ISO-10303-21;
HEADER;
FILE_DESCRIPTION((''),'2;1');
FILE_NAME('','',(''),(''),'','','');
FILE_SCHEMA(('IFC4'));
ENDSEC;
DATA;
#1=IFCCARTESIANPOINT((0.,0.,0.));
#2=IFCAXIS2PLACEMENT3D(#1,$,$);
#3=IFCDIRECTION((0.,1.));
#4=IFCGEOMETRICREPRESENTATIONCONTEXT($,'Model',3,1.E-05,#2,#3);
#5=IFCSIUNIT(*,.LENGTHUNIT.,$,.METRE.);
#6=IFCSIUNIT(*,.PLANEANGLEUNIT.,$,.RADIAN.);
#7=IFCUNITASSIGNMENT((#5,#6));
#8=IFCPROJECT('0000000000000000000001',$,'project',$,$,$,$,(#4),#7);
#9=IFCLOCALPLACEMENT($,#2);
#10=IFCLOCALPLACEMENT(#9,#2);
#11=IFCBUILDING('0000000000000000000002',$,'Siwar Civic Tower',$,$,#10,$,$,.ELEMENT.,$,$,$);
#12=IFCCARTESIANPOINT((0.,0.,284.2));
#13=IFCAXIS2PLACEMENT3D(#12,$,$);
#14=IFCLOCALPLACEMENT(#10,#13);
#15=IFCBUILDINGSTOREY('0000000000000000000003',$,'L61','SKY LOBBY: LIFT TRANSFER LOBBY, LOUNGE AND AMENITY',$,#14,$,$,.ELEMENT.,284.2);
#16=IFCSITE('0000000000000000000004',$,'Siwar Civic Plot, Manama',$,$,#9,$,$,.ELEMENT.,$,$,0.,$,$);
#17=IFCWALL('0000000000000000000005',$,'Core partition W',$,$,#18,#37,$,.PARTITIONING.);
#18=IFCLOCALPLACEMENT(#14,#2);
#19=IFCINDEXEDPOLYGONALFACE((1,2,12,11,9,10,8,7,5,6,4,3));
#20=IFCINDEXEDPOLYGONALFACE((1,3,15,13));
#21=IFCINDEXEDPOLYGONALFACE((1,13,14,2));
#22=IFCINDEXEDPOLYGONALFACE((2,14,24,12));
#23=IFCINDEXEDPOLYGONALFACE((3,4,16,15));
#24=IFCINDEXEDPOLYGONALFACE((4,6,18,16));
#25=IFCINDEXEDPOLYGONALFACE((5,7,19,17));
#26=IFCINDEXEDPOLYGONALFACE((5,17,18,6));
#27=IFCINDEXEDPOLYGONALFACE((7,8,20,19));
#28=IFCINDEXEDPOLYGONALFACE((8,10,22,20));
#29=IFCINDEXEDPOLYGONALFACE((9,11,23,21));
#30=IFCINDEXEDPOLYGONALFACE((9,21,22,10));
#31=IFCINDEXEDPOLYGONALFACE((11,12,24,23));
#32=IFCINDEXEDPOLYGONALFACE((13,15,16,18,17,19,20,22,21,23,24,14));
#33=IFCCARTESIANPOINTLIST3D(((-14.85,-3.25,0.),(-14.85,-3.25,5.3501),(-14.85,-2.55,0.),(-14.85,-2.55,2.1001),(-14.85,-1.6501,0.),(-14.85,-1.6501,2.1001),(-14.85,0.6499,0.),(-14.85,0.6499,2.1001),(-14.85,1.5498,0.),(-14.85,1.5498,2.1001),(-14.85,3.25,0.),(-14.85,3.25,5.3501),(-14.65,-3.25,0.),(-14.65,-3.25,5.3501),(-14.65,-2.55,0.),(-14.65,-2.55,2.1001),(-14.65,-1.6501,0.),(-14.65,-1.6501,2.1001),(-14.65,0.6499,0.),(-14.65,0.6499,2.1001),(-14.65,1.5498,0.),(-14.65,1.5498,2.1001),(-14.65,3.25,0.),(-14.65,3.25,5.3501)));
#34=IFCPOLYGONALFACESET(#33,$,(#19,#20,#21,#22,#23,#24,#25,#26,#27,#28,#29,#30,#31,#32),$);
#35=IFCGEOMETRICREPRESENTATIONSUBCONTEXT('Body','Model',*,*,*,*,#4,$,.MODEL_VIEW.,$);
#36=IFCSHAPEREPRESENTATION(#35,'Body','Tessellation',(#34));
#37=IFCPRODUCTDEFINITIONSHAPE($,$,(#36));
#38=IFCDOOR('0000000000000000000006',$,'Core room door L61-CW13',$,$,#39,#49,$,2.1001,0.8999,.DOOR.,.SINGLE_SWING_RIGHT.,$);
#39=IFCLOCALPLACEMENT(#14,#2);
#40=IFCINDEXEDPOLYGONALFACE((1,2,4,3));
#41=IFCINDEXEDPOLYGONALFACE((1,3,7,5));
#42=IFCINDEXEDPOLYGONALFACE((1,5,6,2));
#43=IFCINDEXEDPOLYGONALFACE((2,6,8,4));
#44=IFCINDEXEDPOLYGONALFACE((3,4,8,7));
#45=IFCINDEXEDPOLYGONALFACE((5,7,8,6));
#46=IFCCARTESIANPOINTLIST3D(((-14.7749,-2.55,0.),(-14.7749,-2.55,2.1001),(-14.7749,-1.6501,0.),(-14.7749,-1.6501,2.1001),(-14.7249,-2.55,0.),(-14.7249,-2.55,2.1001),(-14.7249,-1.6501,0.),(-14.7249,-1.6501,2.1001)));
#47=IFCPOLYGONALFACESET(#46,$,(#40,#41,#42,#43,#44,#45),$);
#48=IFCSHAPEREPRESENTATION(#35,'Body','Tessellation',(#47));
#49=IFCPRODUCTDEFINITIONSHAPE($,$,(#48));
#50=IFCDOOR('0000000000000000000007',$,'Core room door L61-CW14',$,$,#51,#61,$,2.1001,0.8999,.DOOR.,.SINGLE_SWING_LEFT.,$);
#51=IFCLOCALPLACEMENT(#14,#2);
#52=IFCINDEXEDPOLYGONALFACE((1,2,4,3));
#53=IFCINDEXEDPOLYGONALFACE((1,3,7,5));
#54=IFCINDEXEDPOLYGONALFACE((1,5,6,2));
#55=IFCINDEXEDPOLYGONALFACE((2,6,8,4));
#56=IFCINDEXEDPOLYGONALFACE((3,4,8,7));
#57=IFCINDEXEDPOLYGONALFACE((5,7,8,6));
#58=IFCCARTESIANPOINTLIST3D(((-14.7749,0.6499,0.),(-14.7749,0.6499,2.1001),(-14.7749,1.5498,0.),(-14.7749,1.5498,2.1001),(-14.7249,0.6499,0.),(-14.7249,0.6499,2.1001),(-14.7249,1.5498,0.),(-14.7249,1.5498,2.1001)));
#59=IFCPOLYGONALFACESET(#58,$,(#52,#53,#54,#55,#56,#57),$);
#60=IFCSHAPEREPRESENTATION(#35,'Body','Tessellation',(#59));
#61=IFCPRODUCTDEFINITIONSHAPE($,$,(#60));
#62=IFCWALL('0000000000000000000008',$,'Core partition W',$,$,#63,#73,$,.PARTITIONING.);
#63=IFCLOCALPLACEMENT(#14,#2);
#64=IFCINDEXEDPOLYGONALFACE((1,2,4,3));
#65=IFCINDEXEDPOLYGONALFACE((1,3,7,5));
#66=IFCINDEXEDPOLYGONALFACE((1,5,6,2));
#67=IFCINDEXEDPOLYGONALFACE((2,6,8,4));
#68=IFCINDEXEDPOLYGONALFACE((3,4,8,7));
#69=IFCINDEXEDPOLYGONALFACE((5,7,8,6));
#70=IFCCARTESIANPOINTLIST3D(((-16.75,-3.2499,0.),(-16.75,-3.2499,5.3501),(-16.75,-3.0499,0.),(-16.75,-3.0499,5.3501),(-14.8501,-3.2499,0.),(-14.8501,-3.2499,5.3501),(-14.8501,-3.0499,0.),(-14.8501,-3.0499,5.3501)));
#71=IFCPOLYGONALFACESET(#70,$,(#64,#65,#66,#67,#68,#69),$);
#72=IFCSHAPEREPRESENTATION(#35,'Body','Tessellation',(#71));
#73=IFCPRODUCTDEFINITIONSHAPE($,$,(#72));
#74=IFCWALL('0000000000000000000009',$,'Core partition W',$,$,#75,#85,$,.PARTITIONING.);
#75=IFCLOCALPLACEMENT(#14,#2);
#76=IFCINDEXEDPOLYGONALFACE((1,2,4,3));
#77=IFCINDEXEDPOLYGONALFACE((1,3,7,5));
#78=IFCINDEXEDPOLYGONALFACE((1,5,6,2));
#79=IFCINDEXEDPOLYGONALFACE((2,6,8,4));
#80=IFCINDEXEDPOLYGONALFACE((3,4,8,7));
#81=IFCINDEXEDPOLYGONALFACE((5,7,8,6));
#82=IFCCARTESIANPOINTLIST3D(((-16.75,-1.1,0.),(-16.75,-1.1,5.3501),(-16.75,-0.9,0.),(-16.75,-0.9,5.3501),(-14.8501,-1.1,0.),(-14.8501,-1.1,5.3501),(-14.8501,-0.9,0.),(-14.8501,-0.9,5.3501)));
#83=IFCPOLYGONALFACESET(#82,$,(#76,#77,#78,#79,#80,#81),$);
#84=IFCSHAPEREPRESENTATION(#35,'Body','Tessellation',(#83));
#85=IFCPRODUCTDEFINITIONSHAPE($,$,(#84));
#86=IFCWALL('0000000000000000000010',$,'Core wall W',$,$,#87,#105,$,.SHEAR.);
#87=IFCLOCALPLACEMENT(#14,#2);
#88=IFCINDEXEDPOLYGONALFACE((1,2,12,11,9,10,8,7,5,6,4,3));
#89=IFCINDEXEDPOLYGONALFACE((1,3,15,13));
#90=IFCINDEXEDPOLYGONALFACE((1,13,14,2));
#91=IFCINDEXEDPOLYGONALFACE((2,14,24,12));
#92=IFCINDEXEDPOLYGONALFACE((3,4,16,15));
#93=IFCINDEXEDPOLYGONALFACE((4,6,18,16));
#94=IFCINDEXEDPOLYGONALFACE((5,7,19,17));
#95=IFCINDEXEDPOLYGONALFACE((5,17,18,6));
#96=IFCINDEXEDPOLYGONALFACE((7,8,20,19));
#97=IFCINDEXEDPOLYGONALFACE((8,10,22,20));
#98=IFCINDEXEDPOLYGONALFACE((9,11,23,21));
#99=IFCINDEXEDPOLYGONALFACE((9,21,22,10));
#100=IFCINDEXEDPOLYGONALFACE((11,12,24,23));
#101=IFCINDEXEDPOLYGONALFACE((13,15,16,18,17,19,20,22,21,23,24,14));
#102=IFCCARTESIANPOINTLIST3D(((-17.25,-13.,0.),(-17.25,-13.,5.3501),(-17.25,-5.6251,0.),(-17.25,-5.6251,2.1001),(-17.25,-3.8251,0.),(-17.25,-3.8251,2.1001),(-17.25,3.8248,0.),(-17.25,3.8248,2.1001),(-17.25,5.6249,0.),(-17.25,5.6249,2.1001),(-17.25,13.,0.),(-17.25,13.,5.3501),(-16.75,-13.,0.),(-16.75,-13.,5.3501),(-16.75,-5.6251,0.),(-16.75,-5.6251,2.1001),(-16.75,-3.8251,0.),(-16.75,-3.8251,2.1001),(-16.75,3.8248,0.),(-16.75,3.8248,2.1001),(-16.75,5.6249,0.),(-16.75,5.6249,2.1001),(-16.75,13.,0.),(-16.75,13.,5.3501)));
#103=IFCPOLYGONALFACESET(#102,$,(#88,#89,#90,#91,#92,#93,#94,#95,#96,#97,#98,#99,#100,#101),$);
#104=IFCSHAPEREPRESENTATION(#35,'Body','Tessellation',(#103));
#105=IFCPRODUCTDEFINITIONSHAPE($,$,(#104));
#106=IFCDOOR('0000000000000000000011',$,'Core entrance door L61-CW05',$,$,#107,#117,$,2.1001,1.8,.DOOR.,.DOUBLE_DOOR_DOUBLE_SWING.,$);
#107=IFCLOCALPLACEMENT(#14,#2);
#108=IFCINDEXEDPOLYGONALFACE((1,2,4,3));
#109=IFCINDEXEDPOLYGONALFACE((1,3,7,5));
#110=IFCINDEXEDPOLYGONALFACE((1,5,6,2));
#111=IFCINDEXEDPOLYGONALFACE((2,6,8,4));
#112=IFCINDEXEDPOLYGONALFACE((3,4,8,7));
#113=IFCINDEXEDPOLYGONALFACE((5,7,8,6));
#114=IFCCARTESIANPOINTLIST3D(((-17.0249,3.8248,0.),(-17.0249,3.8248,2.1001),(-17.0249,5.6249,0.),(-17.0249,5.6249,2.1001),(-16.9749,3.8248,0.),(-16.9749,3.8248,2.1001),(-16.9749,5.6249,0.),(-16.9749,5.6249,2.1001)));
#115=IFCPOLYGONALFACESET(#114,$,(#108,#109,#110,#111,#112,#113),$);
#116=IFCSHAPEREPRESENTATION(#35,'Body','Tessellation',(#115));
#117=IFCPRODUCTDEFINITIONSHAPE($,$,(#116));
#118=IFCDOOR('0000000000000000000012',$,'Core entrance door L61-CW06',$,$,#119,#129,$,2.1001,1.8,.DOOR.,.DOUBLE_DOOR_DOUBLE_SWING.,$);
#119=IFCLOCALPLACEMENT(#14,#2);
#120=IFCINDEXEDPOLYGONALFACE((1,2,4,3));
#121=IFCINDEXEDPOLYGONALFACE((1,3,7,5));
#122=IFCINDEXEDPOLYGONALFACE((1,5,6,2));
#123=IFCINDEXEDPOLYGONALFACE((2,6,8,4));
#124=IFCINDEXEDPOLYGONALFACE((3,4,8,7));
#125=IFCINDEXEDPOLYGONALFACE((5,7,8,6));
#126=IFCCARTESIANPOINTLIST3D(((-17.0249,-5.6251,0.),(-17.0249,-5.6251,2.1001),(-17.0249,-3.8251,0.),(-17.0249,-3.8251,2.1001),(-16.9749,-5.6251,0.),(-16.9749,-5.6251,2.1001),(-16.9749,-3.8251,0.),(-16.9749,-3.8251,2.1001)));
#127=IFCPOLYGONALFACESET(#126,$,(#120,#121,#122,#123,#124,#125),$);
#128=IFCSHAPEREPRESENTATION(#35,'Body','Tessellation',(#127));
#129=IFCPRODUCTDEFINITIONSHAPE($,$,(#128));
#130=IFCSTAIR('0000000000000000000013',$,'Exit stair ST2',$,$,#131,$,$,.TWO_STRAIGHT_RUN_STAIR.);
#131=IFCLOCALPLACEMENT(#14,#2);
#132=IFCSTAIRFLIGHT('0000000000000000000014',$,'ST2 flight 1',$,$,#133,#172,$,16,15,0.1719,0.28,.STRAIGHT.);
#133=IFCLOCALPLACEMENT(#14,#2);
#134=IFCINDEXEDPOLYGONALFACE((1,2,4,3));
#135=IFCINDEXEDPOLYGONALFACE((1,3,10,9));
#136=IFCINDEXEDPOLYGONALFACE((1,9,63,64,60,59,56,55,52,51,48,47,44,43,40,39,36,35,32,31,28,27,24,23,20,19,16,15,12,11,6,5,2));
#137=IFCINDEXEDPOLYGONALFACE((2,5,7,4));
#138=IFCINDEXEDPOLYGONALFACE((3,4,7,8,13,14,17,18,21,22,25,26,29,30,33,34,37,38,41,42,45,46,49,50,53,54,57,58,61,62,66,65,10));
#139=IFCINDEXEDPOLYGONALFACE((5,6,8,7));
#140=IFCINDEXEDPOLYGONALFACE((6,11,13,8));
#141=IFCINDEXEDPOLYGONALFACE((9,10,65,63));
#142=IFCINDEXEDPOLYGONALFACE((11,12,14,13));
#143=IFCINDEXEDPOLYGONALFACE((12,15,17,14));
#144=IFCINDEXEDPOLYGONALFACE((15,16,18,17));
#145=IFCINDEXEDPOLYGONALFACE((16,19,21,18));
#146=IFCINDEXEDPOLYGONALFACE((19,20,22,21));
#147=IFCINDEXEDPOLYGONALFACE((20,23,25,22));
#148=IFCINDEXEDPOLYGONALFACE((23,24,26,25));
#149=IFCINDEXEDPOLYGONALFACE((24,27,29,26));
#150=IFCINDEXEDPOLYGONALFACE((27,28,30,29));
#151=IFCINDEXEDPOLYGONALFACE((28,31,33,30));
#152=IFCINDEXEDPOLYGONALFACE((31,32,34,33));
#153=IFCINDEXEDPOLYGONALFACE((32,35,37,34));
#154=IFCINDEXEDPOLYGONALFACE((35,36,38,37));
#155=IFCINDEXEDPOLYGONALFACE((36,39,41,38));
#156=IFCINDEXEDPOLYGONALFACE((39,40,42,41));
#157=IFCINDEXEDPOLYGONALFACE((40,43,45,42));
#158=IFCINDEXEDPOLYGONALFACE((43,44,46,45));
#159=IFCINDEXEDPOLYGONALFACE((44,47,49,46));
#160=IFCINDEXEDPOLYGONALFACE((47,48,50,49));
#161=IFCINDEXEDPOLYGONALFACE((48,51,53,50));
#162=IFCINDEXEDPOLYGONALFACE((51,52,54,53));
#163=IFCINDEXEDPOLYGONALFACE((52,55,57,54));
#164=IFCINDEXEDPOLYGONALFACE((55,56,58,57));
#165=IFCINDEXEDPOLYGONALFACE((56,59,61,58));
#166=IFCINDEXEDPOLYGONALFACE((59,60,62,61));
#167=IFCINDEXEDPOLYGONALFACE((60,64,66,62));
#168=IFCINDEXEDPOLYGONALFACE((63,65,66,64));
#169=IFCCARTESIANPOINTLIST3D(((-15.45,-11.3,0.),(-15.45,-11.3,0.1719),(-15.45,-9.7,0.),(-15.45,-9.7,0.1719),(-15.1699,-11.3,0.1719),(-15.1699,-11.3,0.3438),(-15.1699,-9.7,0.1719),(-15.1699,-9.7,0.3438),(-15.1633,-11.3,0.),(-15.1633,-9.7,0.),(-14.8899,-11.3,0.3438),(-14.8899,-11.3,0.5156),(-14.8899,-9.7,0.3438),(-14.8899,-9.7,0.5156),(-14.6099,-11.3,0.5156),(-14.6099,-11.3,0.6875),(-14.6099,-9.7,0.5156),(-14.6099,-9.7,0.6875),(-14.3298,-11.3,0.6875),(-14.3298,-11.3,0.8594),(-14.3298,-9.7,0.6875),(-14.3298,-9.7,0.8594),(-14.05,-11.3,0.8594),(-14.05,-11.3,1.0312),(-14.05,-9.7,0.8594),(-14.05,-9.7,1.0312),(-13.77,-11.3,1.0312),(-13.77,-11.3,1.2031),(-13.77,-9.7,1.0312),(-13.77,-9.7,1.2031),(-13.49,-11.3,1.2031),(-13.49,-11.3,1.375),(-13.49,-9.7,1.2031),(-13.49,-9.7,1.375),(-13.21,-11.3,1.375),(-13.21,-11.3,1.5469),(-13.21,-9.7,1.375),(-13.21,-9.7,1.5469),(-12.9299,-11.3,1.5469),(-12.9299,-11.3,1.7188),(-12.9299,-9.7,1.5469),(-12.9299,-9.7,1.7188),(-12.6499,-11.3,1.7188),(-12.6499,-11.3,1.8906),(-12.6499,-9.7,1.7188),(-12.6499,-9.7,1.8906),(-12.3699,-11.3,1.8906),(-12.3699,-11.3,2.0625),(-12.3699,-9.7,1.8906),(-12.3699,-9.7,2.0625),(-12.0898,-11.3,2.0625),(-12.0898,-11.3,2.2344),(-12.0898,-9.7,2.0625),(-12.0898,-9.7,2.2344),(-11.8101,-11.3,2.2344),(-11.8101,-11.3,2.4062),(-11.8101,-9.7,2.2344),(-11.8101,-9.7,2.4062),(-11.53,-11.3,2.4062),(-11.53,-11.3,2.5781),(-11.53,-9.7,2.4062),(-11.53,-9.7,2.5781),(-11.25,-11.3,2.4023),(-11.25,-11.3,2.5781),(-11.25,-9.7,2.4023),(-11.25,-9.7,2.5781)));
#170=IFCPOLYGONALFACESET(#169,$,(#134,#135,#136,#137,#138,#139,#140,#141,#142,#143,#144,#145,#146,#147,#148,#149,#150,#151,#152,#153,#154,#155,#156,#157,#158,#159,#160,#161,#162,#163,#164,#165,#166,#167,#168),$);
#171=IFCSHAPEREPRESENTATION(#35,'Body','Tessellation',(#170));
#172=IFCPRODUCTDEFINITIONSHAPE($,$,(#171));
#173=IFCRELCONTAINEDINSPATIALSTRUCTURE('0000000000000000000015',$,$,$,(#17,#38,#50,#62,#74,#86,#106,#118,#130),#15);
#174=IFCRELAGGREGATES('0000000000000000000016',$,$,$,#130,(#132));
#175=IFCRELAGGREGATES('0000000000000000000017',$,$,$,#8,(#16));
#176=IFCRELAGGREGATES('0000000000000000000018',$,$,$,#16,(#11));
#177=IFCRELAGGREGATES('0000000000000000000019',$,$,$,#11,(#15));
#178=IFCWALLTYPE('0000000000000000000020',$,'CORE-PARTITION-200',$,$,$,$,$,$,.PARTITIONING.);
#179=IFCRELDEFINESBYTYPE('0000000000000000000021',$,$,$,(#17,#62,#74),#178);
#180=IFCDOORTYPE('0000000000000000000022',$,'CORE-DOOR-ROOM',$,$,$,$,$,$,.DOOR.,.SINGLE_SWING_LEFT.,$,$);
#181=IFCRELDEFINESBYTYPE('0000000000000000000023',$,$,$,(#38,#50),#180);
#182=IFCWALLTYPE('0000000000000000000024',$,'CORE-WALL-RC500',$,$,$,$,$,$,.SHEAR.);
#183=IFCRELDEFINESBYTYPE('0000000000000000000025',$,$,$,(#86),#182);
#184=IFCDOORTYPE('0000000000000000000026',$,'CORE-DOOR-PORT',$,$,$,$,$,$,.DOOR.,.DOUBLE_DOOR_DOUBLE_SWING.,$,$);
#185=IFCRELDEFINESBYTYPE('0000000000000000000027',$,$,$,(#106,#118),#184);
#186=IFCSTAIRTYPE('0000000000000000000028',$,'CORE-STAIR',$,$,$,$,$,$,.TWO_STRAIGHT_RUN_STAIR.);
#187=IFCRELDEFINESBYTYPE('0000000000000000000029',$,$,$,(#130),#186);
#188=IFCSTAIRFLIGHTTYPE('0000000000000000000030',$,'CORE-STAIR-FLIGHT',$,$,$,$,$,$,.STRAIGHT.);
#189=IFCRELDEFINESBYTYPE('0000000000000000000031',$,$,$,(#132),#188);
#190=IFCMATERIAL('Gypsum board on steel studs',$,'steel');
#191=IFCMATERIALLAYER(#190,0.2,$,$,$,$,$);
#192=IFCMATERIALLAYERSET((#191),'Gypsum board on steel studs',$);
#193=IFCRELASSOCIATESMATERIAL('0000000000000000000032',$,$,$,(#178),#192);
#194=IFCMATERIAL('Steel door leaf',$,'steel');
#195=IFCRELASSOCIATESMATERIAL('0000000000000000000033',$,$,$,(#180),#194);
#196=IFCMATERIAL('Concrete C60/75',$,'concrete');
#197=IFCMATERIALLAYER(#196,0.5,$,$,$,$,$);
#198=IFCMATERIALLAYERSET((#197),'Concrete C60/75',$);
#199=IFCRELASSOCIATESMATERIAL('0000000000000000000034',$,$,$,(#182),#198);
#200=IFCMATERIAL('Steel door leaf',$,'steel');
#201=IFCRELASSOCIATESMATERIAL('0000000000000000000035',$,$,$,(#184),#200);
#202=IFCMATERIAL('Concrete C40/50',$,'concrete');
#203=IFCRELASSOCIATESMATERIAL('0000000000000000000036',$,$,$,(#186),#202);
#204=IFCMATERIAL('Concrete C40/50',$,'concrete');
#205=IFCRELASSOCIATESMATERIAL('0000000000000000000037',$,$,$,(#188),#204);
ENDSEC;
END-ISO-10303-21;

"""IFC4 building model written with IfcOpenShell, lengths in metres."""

from ifc_helpers import new_model, si_unit, direction, frame, frame_2d, origin, place, context, subcontext, project, spatial, polyline, rectangle, outline, extrude, material, layer, layer_set, type_object, element, fill, aggregate, save


model = new_model("IFC4")

# Units and contexts
model_context = context("Model", 3, precision=1e-05, world=origin(), true_north=direction((0.0, 1.0)))
body_context = subcontext(model_context, "Body", "Model", "MODEL_VIEW")
ifc_project = project(units=[si_unit("LENGTHUNIT", "METRE"), si_unit("PLANEANGLEUNIT", "RADIAN")], contexts=[model_context])

# Site, building, storey
site_placement = place(None, origin())
site = spatial("IfcSite", under=ifc_project, at=site_placement, Name="Siwar Civic Plot, Manama", CompositionType="ELEMENT", RefElevation=0.0)
building_placement = place(site_placement, origin())
building = spatial("IfcBuilding", under=site, at=building_placement, Name="Siwar Civic Tower", CompositionType="ELEMENT")
storey_placement = place(building_placement, frame((0.0, 0.0, 284.2)))
storey = spatial("IfcBuildingStorey", under=building, at=storey_placement, Name="L61", Description="SKY LOBBY: LIFT TRANSFER LOBBY, LOUNGE AND AMENITY", CompositionType="ELEMENT", Elevation=284.2)

# Wall, openings, doors
ifc_material_1 = material(Name="Gypsum board on steel studs", Category="steel")
ifc_layer_1 = layer(ifc_material_1, 0.2)
ifc_layer_set_1 = layer_set([ifc_layer_1], Name="Gypsum board on steel studs")
wall_type_1 = type_object("IfcWallType", Name="CORE-PARTITION-200", PredefinedType="PARTITIONING", material=ifc_layer_set_1)
wall_1_placement = place(storey_placement, frame((-14.75, -3.25, 0.0), z_axis=(0.0, 0.0, 1.0), x_axis=(0.0, 1.0, 0.0)))
wall_1 = element("IfcWall", 1, at=wall_1_placement, inside=storey, type_object=wall_type_1, Name="Core partition W", PredefinedType="PARTITIONING", context=body_context, shape_type="SweptSolid", body=[
    extrude(rectangle(XDim=6.5, YDim=0.2, at=frame_2d((3.25, 0.0))), origin(), (0.0, 0.0, 1.0), 5.3501),
])
opening_1_placement = place(wall_1_placement, frame((0.7, 0.0, 0.0)))
opening_1 = element("IfcOpeningElement", 2, at=opening_1_placement, cuts=wall_1, PredefinedType="OPENING", context=body_context, shape_type="SweptSolid", body=[
    extrude(rectangle(XDim=0.8999, YDim=2.1001, at=frame_2d((0.45, 1.05))), frame((0.0, 0.1099, 0.0), z_axis=(0.0, -1.0, 0.0), x_axis=(1.0, 0.0, 0.0)), (0.0, 0.0, 1.0), 0.22),
])
opening_2_placement = place(wall_1_placement, frame((3.8999, 0.0, 0.0)))
opening_2 = element("IfcOpeningElement", 3, at=opening_2_placement, cuts=wall_1, PredefinedType="OPENING", context=body_context, shape_type="SweptSolid", body=[
    extrude(rectangle(XDim=0.8999, YDim=2.1001, at=frame_2d((0.45, 1.05))), frame((0.0, 0.1099, 0.0), z_axis=(0.0, -1.0, 0.0), x_axis=(1.0, 0.0, 0.0)), (0.0, 0.0, 1.0), 0.22),
])
ifc_material_2 = material(Name="Steel door leaf", Category="steel")
door_type_1 = type_object("IfcDoorType", Name="CORE-DOOR-ROOM", OperationType="SINGLE_SWING_LEFT", PredefinedType="DOOR", material=ifc_material_2)
door_1_placement = place(opening_1_placement, origin())
door_1 = element("IfcDoor", 4, at=door_1_placement, inside=storey, type_object=door_type_1, Name="Core room door L61-CW13", OperationType="SINGLE_SWING_RIGHT", OverallHeight=2.1001, OverallWidth=0.8999, PredefinedType="DOOR", context=body_context, shape_type="SweptSolid", body=[
    extrude(rectangle(XDim=0.8999, YDim=2.1001, at=frame_2d((0.45, 1.05))), frame((0.0, 0.0249, 0.0), z_axis=(0.0, -1.0, 0.0), x_axis=(1.0, 0.0, 0.0)), (0.0, 0.0, 1.0), 0.05),
])
fill(opening_1, door_1)
door_2_placement = place(opening_2_placement, origin())
door_2 = element("IfcDoor", 5, at=door_2_placement, inside=storey, type_object=door_type_1, Name="Core room door L61-CW14", OperationType="SINGLE_SWING_LEFT", OverallHeight=2.1001, OverallWidth=0.8999, PredefinedType="DOOR", context=body_context, shape_type="SweptSolid", body=[
    extrude(rectangle(XDim=0.8999, YDim=2.1001, at=frame_2d((0.45, 1.05))), frame((0.0, 0.0249, 0.0), z_axis=(0.0, -1.0, 0.0), x_axis=(1.0, 0.0, 0.0)), (0.0, 0.0, 1.0), 0.05),
])
fill(opening_2, door_2)

# Walls
for number, where, z_axis, x_axis, name in (
    (6, (-14.8501, -3.1499, 0.0), (0.0, 0.0, 1.0), (-1.0, 0.0, 0.0), "Core partition W"),
    (7, (-14.8501, -1.0, 0.0), (0.0, 0.0, 1.0), (-1.0, 0.0, 0.0), "Core partition W"),
):
    element("IfcWall", number, at=place(storey_placement, frame(where, z_axis=z_axis, x_axis=x_axis)), inside=storey, type_object=wall_type_1, Name=name, PredefinedType="PARTITIONING", context=body_context, shape_type="SweptSolid", body=[
        extrude(rectangle(XDim=1.8999, YDim=0.2, at=frame_2d((0.95, 0.0))), origin(), (0.0, 0.0, 1.0), 5.3501),
    ])

# Wall, openings, doors
ifc_material_3 = material(Name="Concrete C60/75", Category="concrete")
ifc_layer_2 = layer(ifc_material_3, 0.5)
ifc_layer_set_2 = layer_set([ifc_layer_2], Name="Concrete C60/75")
wall_type_2 = type_object("IfcWallType", Name="CORE-WALL-RC500", PredefinedType="SHEAR", material=ifc_layer_set_2)
wall_2_placement = place(storey_placement, frame((-17.0, -13.0, 0.0), z_axis=(0.0, 0.0, 1.0), x_axis=(0.0, 1.0, 0.0)))
wall_2 = element("IfcWall", 8, at=wall_2_placement, inside=storey, type_object=wall_type_2, Name="Core wall W", PredefinedType="SHEAR", context=body_context, shape_type="SweptSolid", body=[
    extrude(rectangle(XDim=26.0, YDim=0.5, at=frame_2d((13.0, 0.0))), origin(), (0.0, 0.0, 1.0), 5.3501),
])
opening_3_placement = place(wall_2_placement, frame((16.825, 0.0, 0.0)))
opening_3 = element("IfcOpeningElement", 9, at=opening_3_placement, cuts=wall_2, PredefinedType="OPENING", context=body_context, shape_type="SweptSolid", body=[
    extrude(rectangle(XDim=1.8, YDim=2.1001, at=frame_2d((0.8999, 1.05))), frame((0.0, 0.26, 0.0), z_axis=(0.0, -1.0, 0.0), x_axis=(1.0, 0.0, 0.0)), (0.0, 0.0, 1.0), 0.52),
])
opening_4_placement = place(wall_2_placement, frame((7.375, 0.0, 0.0)))
opening_4 = element("IfcOpeningElement", 10, at=opening_4_placement, cuts=wall_2, PredefinedType="OPENING", context=body_context, shape_type="SweptSolid", body=[
    extrude(rectangle(XDim=1.8, YDim=2.1001, at=frame_2d((0.8999, 1.05))), frame((0.0, 0.26, 0.0), z_axis=(0.0, -1.0, 0.0), x_axis=(1.0, 0.0, 0.0)), (0.0, 0.0, 1.0), 0.52),
])
ifc_material_4 = material(Name="Steel door leaf", Category="steel")
door_type_2 = type_object("IfcDoorType", Name="CORE-DOOR-PORT", OperationType="DOUBLE_DOOR_DOUBLE_SWING", PredefinedType="DOOR", material=ifc_material_4)
door_3_placement = place(opening_3_placement, origin())
door_3 = element("IfcDoor", 11, at=door_3_placement, inside=storey, type_object=door_type_2, Name="Core entrance door L61-CW05", OperationType="DOUBLE_DOOR_DOUBLE_SWING", OverallHeight=2.1001, OverallWidth=1.8, PredefinedType="DOOR", context=body_context, shape_type="SweptSolid", body=[
    extrude(rectangle(XDim=1.8, YDim=2.1001, at=frame_2d((0.8999, 1.05))), frame((0.0, 0.0249, 0.0), z_axis=(0.0, -1.0, 0.0), x_axis=(1.0, 0.0, 0.0)), (0.0, 0.0, 1.0), 0.05),
])
fill(opening_3, door_3)
door_4_placement = place(opening_4_placement, origin())
door_4 = element("IfcDoor", 12, at=door_4_placement, inside=storey, type_object=door_type_2, Name="Core entrance door L61-CW06", OperationType="DOUBLE_DOOR_DOUBLE_SWING", OverallHeight=2.1001, OverallWidth=1.8, PredefinedType="DOOR", context=body_context, shape_type="SweptSolid", body=[
    extrude(rectangle(XDim=1.8, YDim=2.1001, at=frame_2d((0.8999, 1.05))), frame((0.0, 0.0249, 0.0), z_axis=(0.0, -1.0, 0.0), x_axis=(1.0, 0.0, 0.0)), (0.0, 0.0, 1.0), 0.05),
])
fill(opening_4, door_4)

# Stair, stair flight
ifc_material_5 = material(Name="Concrete C40/50", Category="concrete")
stair_type = type_object("IfcStairType", Name="CORE-STAIR", PredefinedType="TWO_STRAIGHT_RUN_STAIR", material=ifc_material_5)
stair_placement = place(storey_placement, origin())
stair = element("IfcStair", 13, at=stair_placement, inside=storey, type_object=stair_type, Name="Exit stair ST2", PredefinedType="TWO_STRAIGHT_RUN_STAIR")
ifc_material_6 = material(Name="Concrete C40/50", Category="concrete")
stair_flight_type = type_object("IfcStairFlightType", Name="CORE-STAIR-FLIGHT", PredefinedType="STRAIGHT", material=ifc_material_6)
stair_flight_placement = place(storey_placement, frame((-15.45, -10.5, 0.0), z_axis=(0.0, 0.0, 1.0), x_axis=(1.0, 0.0, 0.0)))
stair_flight = element("IfcStairFlight", 14, at=stair_flight_placement, type_object=stair_flight_type, Name="ST2 flight 1", NumberOfRisers=16, NumberOfTreads=15, PredefinedType="STRAIGHT", RiserHeight=0.1719, TreadLength=0.28, context=body_context, shape_type="SweptSolid", body=[
    extrude(outline(polyline([(0.0, 0.0), (0.0, 0.1719), (0.28, 0.1719), (0.28, 0.3438), (0.5601, 0.3438), (0.5601, 0.5156), (0.8401, 0.5156), (0.8401, 0.6875), (1.1201, 0.6875), (1.1201, 0.8594), (1.3999, 0.8594), (1.3999, 1.0312), (1.6799, 1.0312), (1.6799, 1.2031), (1.96, 1.2031), (1.96, 1.375), (2.24, 1.375), (2.24, 1.5469), (2.52, 1.5469), (2.52, 1.7188), (2.8, 1.7188), (2.8, 1.8906), (3.0801, 1.8906), (3.0801, 2.0625), (3.3601, 2.0625), (3.3601, 2.2344), (3.6399, 2.2344), (3.6399, 2.4062), (3.9199, 2.4062), (3.9199, 2.5781), (4.2, 2.5781), (4.2, 2.75), (4.2, 2.4023), (0.2866, 0.0), (0.0, 0.0)])), frame((0.0, 0.8, 0.0), z_axis=(0.0, -1.0, 0.0), x_axis=(1.0, 0.0, 0.0)), (0.0, 0.0, 1.0), 1.6001),
])
aggregate(stair, [stair_flight])

save(model, "model.ifc")
